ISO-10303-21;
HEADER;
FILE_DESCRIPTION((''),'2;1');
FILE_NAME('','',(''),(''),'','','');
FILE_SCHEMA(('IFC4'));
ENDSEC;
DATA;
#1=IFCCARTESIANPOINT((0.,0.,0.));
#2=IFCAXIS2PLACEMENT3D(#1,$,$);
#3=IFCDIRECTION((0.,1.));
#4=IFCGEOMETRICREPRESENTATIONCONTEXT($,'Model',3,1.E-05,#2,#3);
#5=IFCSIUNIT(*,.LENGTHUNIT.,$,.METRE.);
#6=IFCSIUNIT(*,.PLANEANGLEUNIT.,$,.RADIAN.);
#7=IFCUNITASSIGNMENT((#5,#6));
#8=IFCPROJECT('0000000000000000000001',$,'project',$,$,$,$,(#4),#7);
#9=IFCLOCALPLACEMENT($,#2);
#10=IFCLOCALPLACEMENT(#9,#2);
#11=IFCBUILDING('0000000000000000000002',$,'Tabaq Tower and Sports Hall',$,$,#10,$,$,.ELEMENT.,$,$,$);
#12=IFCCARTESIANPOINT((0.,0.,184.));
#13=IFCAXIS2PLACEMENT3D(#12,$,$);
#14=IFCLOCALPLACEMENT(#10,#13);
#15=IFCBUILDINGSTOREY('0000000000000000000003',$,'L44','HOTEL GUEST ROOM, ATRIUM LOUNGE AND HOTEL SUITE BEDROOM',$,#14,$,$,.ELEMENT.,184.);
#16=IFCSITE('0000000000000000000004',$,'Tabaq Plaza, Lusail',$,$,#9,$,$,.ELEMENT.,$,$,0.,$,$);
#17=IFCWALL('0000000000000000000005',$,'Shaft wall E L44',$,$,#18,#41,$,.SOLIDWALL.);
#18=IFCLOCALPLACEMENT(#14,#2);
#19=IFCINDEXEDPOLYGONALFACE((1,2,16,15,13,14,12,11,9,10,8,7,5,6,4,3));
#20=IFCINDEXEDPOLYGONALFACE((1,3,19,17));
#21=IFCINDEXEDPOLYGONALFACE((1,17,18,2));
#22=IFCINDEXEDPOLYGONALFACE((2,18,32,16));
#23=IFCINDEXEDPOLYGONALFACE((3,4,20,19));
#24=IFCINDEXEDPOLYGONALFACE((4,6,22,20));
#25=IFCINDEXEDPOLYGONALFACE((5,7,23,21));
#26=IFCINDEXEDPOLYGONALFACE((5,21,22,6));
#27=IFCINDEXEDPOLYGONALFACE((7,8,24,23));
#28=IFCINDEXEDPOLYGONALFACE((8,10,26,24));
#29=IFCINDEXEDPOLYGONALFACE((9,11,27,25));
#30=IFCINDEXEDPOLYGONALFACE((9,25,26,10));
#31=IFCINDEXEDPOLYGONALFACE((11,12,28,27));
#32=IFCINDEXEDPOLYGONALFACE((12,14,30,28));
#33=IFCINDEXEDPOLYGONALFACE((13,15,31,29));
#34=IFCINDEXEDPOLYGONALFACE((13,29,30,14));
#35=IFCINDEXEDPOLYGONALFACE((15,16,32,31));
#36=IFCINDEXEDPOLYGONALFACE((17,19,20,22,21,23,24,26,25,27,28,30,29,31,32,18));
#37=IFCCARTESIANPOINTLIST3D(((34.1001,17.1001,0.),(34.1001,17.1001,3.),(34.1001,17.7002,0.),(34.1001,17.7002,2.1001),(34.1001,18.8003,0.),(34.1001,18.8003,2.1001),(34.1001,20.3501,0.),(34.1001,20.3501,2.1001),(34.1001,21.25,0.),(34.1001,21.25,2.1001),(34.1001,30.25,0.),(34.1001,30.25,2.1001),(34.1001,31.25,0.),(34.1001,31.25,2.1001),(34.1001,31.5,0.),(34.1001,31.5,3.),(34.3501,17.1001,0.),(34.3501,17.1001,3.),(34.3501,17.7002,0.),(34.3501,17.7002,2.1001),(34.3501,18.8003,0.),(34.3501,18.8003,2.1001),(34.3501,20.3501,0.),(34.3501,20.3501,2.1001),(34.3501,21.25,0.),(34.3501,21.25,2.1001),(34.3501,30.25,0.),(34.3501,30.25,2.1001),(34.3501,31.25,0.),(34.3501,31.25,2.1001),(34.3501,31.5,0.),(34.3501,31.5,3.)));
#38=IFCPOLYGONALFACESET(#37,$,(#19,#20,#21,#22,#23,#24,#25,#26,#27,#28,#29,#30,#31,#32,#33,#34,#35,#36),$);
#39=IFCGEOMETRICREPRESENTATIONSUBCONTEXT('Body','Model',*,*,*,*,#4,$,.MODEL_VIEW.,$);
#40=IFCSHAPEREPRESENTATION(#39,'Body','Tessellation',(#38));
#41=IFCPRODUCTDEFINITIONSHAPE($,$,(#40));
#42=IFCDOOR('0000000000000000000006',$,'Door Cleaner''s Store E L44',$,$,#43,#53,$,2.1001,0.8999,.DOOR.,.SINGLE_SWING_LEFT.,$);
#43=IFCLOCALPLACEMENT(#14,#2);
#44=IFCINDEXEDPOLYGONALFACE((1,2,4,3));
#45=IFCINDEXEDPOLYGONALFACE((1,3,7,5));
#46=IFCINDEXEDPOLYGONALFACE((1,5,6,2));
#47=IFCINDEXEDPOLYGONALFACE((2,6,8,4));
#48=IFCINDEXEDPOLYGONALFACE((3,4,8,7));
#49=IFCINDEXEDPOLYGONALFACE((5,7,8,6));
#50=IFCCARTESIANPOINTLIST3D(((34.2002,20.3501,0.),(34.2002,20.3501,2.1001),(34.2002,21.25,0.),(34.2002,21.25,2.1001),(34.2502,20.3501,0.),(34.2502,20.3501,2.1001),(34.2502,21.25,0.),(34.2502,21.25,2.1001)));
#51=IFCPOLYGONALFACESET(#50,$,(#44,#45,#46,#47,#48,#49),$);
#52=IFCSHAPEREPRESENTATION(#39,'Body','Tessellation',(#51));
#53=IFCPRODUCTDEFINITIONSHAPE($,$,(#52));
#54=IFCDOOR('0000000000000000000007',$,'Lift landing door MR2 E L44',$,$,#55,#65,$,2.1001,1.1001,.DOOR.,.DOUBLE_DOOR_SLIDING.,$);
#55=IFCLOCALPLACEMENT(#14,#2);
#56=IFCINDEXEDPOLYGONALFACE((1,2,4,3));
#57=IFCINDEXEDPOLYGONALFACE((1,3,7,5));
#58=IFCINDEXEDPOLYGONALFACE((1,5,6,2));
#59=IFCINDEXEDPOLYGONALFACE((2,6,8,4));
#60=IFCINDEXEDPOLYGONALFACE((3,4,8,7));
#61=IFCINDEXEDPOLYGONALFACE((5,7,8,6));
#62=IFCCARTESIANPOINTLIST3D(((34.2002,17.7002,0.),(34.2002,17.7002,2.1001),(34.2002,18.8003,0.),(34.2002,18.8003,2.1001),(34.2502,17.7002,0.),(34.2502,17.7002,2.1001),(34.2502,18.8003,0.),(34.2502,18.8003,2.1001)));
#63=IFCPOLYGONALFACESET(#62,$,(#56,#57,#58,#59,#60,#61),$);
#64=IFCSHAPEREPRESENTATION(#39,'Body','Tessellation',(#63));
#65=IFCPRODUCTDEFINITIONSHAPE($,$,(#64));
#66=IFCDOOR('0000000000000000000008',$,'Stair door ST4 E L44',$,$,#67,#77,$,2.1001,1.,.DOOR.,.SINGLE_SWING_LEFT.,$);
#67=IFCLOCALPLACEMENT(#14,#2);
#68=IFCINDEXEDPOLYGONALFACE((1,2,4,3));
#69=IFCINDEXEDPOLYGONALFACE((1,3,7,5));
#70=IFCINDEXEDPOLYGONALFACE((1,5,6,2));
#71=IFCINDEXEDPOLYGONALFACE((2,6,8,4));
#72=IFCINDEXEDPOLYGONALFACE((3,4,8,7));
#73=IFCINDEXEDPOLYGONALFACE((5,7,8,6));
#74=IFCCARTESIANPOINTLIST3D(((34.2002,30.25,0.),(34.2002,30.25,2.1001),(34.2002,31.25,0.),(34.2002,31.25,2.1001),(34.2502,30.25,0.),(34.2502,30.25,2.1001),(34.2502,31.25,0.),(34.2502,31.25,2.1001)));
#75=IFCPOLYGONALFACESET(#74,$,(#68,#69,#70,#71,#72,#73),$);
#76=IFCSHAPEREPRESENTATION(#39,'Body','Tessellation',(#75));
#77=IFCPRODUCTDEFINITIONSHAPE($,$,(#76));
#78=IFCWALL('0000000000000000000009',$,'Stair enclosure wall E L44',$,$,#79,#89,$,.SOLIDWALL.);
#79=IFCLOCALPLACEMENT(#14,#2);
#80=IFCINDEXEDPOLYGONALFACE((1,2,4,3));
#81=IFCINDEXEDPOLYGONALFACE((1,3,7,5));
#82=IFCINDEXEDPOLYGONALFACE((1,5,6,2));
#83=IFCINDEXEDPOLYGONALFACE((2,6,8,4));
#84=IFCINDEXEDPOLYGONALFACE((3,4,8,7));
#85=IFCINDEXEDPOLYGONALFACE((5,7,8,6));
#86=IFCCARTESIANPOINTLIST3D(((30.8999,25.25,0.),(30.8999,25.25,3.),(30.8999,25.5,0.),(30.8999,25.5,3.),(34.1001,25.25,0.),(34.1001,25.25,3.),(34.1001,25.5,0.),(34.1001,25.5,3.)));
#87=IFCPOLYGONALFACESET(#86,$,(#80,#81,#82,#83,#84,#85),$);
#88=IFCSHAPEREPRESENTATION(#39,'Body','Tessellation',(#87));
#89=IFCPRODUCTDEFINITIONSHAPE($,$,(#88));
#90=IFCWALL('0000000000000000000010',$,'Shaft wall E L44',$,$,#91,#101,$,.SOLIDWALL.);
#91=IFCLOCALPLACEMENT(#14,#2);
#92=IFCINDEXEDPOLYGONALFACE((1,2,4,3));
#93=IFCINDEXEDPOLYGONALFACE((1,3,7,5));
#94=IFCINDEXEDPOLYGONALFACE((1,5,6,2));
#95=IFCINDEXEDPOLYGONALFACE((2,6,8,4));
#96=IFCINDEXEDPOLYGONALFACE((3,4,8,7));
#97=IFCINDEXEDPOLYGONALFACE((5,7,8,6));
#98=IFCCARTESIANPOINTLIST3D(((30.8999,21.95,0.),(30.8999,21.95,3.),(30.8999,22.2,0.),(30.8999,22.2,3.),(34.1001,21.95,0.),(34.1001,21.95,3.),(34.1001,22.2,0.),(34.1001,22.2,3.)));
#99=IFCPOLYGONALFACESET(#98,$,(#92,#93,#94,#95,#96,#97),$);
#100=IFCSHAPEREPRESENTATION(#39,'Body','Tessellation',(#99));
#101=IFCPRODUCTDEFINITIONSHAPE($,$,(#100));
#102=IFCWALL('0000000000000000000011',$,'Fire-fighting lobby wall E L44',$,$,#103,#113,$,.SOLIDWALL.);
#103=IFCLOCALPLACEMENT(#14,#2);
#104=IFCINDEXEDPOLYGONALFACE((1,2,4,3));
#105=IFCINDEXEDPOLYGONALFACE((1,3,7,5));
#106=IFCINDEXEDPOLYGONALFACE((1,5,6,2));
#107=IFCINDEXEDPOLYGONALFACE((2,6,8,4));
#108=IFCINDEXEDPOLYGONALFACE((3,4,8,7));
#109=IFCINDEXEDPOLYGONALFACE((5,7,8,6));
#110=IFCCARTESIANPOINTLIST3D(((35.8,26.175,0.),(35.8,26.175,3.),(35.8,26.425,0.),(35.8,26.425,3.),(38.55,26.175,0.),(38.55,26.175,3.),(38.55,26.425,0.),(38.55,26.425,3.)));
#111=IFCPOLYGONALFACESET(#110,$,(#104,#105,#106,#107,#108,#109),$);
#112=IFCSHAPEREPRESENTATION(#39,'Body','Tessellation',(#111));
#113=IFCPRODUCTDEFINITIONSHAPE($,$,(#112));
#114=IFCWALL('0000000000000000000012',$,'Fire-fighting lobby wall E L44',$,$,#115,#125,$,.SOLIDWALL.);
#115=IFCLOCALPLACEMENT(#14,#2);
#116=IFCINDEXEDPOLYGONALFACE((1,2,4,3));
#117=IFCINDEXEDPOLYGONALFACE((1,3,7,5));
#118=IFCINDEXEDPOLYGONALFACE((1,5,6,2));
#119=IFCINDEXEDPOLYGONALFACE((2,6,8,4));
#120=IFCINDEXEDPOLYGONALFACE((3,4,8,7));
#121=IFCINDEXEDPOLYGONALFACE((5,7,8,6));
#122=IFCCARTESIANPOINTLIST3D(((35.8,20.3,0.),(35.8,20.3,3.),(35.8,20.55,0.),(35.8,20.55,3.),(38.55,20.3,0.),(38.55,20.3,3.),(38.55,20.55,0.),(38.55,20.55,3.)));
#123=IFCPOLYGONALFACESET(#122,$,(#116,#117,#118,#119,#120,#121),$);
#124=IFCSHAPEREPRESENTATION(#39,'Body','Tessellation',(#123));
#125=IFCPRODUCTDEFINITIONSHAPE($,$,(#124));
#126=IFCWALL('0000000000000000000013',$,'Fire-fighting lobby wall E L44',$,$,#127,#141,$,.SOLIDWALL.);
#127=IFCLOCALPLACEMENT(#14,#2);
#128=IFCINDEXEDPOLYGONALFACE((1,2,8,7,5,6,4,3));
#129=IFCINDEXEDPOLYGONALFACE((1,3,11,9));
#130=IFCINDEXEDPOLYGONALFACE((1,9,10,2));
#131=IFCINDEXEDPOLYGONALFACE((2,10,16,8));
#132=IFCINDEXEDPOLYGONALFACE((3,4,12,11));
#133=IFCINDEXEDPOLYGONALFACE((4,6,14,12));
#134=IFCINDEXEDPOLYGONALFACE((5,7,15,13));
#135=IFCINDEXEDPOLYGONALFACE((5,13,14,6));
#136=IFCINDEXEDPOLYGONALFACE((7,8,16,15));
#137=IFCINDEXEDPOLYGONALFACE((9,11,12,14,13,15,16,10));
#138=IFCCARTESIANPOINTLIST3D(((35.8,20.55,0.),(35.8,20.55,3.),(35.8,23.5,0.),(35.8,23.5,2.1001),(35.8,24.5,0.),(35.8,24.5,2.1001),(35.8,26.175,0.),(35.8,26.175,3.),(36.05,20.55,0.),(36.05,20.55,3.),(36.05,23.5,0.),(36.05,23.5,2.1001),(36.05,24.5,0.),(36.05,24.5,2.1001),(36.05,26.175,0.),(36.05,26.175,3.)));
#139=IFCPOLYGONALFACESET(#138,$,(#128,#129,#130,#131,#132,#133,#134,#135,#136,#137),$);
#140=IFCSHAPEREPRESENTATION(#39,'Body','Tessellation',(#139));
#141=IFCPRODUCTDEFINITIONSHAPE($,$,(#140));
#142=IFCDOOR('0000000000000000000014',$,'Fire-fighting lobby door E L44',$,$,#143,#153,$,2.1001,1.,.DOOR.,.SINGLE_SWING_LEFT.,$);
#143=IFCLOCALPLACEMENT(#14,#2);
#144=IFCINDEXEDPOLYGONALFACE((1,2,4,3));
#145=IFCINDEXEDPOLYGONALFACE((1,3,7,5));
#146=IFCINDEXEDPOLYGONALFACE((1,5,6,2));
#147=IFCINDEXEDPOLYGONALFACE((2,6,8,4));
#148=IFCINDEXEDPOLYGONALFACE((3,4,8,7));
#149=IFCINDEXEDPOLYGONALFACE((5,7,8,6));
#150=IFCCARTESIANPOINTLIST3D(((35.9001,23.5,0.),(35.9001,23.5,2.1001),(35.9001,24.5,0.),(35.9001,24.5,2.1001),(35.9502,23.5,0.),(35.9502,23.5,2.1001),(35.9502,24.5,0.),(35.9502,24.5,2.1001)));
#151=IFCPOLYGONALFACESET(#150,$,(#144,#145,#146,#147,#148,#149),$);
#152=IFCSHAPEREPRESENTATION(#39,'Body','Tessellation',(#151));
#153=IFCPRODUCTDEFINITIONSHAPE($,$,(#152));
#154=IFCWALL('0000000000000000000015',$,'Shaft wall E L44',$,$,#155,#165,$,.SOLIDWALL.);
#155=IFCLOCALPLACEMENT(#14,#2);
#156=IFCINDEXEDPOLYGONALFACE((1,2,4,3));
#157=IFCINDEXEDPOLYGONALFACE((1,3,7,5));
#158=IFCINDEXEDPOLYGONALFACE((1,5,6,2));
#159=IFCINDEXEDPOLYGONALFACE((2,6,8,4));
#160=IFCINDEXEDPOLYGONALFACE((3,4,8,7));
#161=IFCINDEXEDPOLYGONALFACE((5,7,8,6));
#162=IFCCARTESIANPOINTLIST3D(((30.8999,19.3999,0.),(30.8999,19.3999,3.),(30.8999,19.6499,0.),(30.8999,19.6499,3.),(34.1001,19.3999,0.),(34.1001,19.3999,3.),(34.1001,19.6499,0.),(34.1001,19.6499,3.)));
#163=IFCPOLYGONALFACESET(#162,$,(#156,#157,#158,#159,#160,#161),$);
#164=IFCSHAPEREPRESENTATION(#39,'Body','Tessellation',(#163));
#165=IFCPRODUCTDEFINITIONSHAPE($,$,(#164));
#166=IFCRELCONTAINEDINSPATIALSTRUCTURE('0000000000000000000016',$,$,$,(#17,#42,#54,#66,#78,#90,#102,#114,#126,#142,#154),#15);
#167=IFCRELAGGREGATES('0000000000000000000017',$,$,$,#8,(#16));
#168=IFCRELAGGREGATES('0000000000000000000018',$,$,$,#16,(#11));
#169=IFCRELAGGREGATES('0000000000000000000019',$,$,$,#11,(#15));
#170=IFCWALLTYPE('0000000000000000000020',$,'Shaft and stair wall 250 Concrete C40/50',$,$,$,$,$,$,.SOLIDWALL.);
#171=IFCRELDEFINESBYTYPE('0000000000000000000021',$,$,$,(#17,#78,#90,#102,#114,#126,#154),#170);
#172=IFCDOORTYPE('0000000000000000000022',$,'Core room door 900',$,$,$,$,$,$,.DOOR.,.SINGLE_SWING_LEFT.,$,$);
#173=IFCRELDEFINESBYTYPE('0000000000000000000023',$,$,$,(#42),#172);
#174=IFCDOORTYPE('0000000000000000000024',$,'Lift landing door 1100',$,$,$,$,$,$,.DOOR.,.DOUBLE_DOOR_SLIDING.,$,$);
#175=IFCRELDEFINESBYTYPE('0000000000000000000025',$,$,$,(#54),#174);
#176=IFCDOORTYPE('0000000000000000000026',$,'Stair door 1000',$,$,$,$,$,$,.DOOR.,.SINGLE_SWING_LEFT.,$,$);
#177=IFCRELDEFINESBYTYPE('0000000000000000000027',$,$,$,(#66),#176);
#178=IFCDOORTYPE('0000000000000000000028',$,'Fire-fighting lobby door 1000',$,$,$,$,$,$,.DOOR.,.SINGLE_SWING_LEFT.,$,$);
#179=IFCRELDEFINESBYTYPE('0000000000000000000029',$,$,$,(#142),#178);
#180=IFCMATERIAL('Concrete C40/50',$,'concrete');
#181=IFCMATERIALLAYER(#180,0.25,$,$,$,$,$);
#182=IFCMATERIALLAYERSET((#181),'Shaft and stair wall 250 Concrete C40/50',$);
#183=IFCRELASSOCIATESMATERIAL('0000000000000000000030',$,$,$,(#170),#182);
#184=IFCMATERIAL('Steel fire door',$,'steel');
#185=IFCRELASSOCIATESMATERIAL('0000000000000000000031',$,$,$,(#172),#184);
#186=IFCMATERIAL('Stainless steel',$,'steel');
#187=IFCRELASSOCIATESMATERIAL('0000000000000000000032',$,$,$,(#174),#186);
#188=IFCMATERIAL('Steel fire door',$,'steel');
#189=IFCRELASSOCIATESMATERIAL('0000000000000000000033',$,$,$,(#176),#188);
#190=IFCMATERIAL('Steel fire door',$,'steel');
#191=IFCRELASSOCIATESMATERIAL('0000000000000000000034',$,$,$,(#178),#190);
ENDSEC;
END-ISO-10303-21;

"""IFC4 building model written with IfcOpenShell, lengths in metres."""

from ifc_helpers import new_model, si_unit, direction, frame, frame_2d, origin, place, context, subcontext, project, spatial, rectangle, extrude, material, layer, layer_set, type_object, element, fill, save


model = new_model("IFC4")

# Units and contexts
model_context = context("Model", 3, precision=1e-05, world=origin(), true_north=direction((0.0, 1.0)))
body_context = subcontext(model_context, "Body", "Model", "MODEL_VIEW")
ifc_project = project(units=[si_unit("LENGTHUNIT", "METRE"), si_unit("PLANEANGLEUNIT", "RADIAN")], contexts=[model_context])

# Site, building, storey
site_placement = place(None, origin())
site = spatial("IfcSite", under=ifc_project, at=site_placement, Name="Tabaq Plaza, Lusail", CompositionType="ELEMENT", RefElevation=0.0)
building_placement = place(site_placement, origin())
building = spatial("IfcBuilding", under=site, at=building_placement, Name="Tabaq Tower and Sports Hall", CompositionType="ELEMENT")
storey_placement = place(building_placement, frame((0.0, 0.0, 184.0)))
storey = spatial("IfcBuildingStorey", under=building, at=storey_placement, Name="L44", Description="HOTEL GUEST ROOM, ATRIUM LOUNGE AND HOTEL SUITE BEDROOM", CompositionType="ELEMENT", Elevation=184.0)

# Wall, openings, doors
ifc_material_1 = material(Name="Concrete C40/50", Category="concrete")
ifc_layer_1 = layer(ifc_material_1, 0.25)
ifc_layer_set_1 = layer_set([ifc_layer_1], Name="Shaft and stair wall 250 Concrete C40/50")
wall_type_1 = type_object("IfcWallType", Name="Shaft and stair wall 250 Concrete C40/50", PredefinedType="SOLIDWALL", material=ifc_layer_set_1)
wall_1_placement = place(storey_placement, frame((34.2251, 17.1001, 0.0), z_axis=(0.0, 0.0, 1.0), x_axis=(0.0, 1.0, 0.0)))
wall_1 = element("IfcWall", 1, at=wall_1_placement, inside=storey, type_object=wall_type_1, Name="Shaft wall E L44", PredefinedType="SOLIDWALL", context=body_context, shape_type="SweptSolid", body=[
    extrude(rectangle(XDim=14.3999, YDim=0.25, at=frame_2d((7.2, 0.0))), origin(), (0.0, 0.0, 1.0), 3.0),
])
opening_1_placement = place(wall_1_placement, frame((13.1499, 0.0, 0.0)))
opening_1 = element("IfcOpeningElement", 2, at=opening_1_placement, cuts=wall_1, PredefinedType="OPENING", context=body_context, shape_type="SweptSolid", body=[
    extrude(rectangle(XDim=1.0, YDim=2.1001, at=frame_2d((0.5, 1.05))), frame((0.0, 0.125, 0.0), z_axis=(0.0, -1.0, 0.0), x_axis=(1.0, 0.0, 0.0)), (0.0, 0.0, 1.0), 0.25),
])
opening_2_placement = place(wall_1_placement, frame((0.6001, 0.0, 0.0)))
opening_2 = element("IfcOpeningElement", 3, at=opening_2_placement, cuts=wall_1, PredefinedType="OPENING", context=body_context, shape_type="SweptSolid", body=[
    extrude(rectangle(XDim=1.1001, YDim=2.1001, at=frame_2d((0.55, 1.05))), frame((0.0, 0.125, 0.0), z_axis=(0.0, -1.0, 0.0), x_axis=(1.0, 0.0, 0.0)), (0.0, 0.0, 1.0), 0.25),
])
opening_3_placement = place(wall_1_placement, frame((3.25, 0.0, 0.0)))
opening_3 = element("IfcOpeningElement", 4, at=opening_3_placement, cuts=wall_1, PredefinedType="OPENING", context=body_context, shape_type="SweptSolid", body=[
    extrude(rectangle(XDim=0.8999, YDim=2.1001, at=frame_2d((0.45, 1.05))), frame((0.0, 0.125, 0.0), z_axis=(0.0, -1.0, 0.0), x_axis=(1.0, 0.0, 0.0)), (0.0, 0.0, 1.0), 0.25),
])
ifc_material_2 = material(Name="Steel fire door", Category="steel")
door_type_1 = type_object("IfcDoorType", Name="Core room door 900", OperationType="SINGLE_SWING_LEFT", PredefinedType="DOOR", material=ifc_material_2)
door_1_placement = place(opening_3_placement, origin())
door_1 = element("IfcDoor", 5, at=door_1_placement, inside=storey, type_object=door_type_1, Name="Door Cleaner's Store E L44", OperationType="SINGLE_SWING_LEFT", OverallHeight=2.1001, OverallWidth=0.8999, PredefinedType="DOOR", context=body_context, shape_type="SweptSolid", body=[
    extrude(rectangle(XDim=0.8999, YDim=2.1001, at=frame_2d((0.45, 1.05))), frame((0.0, 0.0249, 0.0), z_axis=(0.0, -1.0, 0.0), x_axis=(1.0, 0.0, 0.0)), (0.0, 0.0, 1.0), 0.05),
])
fill(opening_3, door_1)
ifc_material_3 = material(Name="Stainless steel", Category="steel")
door_type_2 = type_object("IfcDoorType", Name="Lift landing door 1100", OperationType="DOUBLE_DOOR_SLIDING", PredefinedType="DOOR", material=ifc_material_3)
door_2_placement = place(opening_2_placement, origin())
door_2 = element("IfcDoor", 6, at=door_2_placement, inside=storey, type_object=door_type_2, Name="Lift landing door MR2 E L44", OperationType="DOUBLE_DOOR_SLIDING", OverallHeight=2.1001, OverallWidth=1.1001, PredefinedType="DOOR", context=body_context, shape_type="SweptSolid", body=[
    extrude(rectangle(XDim=1.1001, YDim=2.1001, at=frame_2d((0.55, 1.05))), frame((0.0, 0.0249, 0.0), z_axis=(0.0, -1.0, 0.0), x_axis=(1.0, 0.0, 0.0)), (0.0, 0.0, 1.0), 0.05),
])
fill(opening_2, door_2)
ifc_material_4 = material(Name="Steel fire door", Category="steel")
door_type_3 = type_object("IfcDoorType", Name="Stair door 1000", OperationType="SINGLE_SWING_LEFT", PredefinedType="DOOR", material=ifc_material_4)
door_3_placement = place(opening_1_placement, origin())
door_3 = element("IfcDoor", 7, at=door_3_placement, inside=storey, type_object=door_type_3, Name="Stair door ST4 E L44", OperationType="SINGLE_SWING_LEFT", OverallHeight=2.1001, OverallWidth=1.0, PredefinedType="DOOR", context=body_context, shape_type="SweptSolid", body=[
    extrude(rectangle(XDim=1.0, YDim=2.1001, at=frame_2d((0.5, 1.05))), frame((0.0, 0.0249, 0.0), z_axis=(0.0, -1.0, 0.0), x_axis=(1.0, 0.0, 0.0)), (0.0, 0.0, 1.0), 0.05),
])
fill(opening_1, door_3)

# Walls
for number, where, z_axis, x_axis, name in (
    (8, (30.8999, 25.375, 0.0), (0.0, 0.0, 1.0), (1.0, 0.0, 0.0), "Stair enclosure wall E L44"),
    (9, (30.8999, 22.075, 0.0), (0.0, 0.0, 1.0), (1.0, 0.0, 0.0), "Shaft wall E L44"),
):
    element("IfcWall", number, at=place(storey_placement, frame(where, z_axis=z_axis, x_axis=x_axis)), inside=storey, type_object=wall_type_1, Name=name, PredefinedType="SOLIDWALL", context=body_context, shape_type="SweptSolid", body=[
        extrude(rectangle(XDim=3.2002, YDim=0.25, at=frame_2d((1.6001, 0.0))), origin(), (0.0, 0.0, 1.0), 3.0),
    ])
for number, where, z_axis, x_axis, name in (
    (10, (35.8, 26.3, 0.0), (0.0, 0.0, 1.0), (1.0, 0.0, 0.0), "Fire-fighting lobby wall E L44"),
    (11, (35.8, 20.425, 0.0), (0.0, 0.0, 1.0), (1.0, 0.0, 0.0), "Fire-fighting lobby wall E L44"),
):
    element("IfcWall", number, at=place(storey_placement, frame(where, z_axis=z_axis, x_axis=x_axis)), inside=storey, type_object=wall_type_1, Name=name, PredefinedType="SOLIDWALL", context=body_context, shape_type="SweptSolid", body=[
        extrude(rectangle(XDim=2.75, YDim=0.25, at=frame_2d((1.375, 0.0))), origin(), (0.0, 0.0, 1.0), 3.0),
    ])

# Wall, opening, door
wall_2_placement = place(storey_placement, frame((35.925, 20.55, 0.0), z_axis=(0.0, 0.0, 1.0), x_axis=(0.0, 1.0, 0.0)))
wall_2 = element("IfcWall", 12, at=wall_2_placement, inside=storey, type_object=wall_type_1, Name="Fire-fighting lobby wall E L44", PredefinedType="SOLIDWALL", context=body_context, shape_type="SweptSolid", body=[
    extrude(rectangle(XDim=5.625, YDim=0.25, at=frame_2d((2.8125, 0.0))), origin(), (0.0, 0.0, 1.0), 3.0),
])
opening_4_placement = place(wall_2_placement, frame((2.95, 0.0, 0.0)))
opening_4 = element("IfcOpeningElement", 13, at=opening_4_placement, cuts=wall_2, PredefinedType="OPENING", context=body_context, shape_type="SweptSolid", body=[
    extrude(rectangle(XDim=1.0, YDim=2.1001, at=frame_2d((0.5, 1.05))), frame((0.0, 0.125, 0.0), z_axis=(0.0, -1.0, 0.0), x_axis=(1.0, 0.0, 0.0)), (0.0, 0.0, 1.0), 0.25),
])
ifc_material_5 = material(Name="Steel fire door", Category="steel")
door_type_4 = type_object("IfcDoorType", Name="Fire-fighting lobby door 1000", OperationType="SINGLE_SWING_LEFT", PredefinedType="DOOR", material=ifc_material_5)
door_4_placement = place(opening_4_placement, origin())
door_4 = element("IfcDoor", 14, at=door_4_placement, inside=storey, type_object=door_type_4, Name="Fire-fighting lobby door E L44", OperationType="SINGLE_SWING_LEFT", OverallHeight=2.1001, OverallWidth=1.0, PredefinedType="DOOR", context=body_context, shape_type="SweptSolid", body=[
    extrude(rectangle(XDim=1.0, YDim=2.1001, at=frame_2d((0.5, 1.05))), frame((0.0, 0.0249, 0.0), z_axis=(0.0, -1.0, 0.0), x_axis=(1.0, 0.0, 0.0)), (0.0, 0.0, 1.0), 0.05),
])
fill(opening_4, door_4)

# Wall
wall_3_placement = place(storey_placement, frame((30.8999, 19.5249, 0.0), z_axis=(0.0, 0.0, 1.0), x_axis=(1.0, 0.0, 0.0)))
element("IfcWall", 15, at=wall_3_placement, inside=storey, type_object=wall_type_1, Name="Shaft wall E L44", PredefinedType="SOLIDWALL", context=body_context, shape_type="SweptSolid", body=[
    extrude(rectangle(XDim=3.2002, YDim=0.25, at=frame_2d((1.6001, 0.0))), origin(), (0.0, 0.0, 1.0), 3.0),
])

save(model, "model.ifc")
